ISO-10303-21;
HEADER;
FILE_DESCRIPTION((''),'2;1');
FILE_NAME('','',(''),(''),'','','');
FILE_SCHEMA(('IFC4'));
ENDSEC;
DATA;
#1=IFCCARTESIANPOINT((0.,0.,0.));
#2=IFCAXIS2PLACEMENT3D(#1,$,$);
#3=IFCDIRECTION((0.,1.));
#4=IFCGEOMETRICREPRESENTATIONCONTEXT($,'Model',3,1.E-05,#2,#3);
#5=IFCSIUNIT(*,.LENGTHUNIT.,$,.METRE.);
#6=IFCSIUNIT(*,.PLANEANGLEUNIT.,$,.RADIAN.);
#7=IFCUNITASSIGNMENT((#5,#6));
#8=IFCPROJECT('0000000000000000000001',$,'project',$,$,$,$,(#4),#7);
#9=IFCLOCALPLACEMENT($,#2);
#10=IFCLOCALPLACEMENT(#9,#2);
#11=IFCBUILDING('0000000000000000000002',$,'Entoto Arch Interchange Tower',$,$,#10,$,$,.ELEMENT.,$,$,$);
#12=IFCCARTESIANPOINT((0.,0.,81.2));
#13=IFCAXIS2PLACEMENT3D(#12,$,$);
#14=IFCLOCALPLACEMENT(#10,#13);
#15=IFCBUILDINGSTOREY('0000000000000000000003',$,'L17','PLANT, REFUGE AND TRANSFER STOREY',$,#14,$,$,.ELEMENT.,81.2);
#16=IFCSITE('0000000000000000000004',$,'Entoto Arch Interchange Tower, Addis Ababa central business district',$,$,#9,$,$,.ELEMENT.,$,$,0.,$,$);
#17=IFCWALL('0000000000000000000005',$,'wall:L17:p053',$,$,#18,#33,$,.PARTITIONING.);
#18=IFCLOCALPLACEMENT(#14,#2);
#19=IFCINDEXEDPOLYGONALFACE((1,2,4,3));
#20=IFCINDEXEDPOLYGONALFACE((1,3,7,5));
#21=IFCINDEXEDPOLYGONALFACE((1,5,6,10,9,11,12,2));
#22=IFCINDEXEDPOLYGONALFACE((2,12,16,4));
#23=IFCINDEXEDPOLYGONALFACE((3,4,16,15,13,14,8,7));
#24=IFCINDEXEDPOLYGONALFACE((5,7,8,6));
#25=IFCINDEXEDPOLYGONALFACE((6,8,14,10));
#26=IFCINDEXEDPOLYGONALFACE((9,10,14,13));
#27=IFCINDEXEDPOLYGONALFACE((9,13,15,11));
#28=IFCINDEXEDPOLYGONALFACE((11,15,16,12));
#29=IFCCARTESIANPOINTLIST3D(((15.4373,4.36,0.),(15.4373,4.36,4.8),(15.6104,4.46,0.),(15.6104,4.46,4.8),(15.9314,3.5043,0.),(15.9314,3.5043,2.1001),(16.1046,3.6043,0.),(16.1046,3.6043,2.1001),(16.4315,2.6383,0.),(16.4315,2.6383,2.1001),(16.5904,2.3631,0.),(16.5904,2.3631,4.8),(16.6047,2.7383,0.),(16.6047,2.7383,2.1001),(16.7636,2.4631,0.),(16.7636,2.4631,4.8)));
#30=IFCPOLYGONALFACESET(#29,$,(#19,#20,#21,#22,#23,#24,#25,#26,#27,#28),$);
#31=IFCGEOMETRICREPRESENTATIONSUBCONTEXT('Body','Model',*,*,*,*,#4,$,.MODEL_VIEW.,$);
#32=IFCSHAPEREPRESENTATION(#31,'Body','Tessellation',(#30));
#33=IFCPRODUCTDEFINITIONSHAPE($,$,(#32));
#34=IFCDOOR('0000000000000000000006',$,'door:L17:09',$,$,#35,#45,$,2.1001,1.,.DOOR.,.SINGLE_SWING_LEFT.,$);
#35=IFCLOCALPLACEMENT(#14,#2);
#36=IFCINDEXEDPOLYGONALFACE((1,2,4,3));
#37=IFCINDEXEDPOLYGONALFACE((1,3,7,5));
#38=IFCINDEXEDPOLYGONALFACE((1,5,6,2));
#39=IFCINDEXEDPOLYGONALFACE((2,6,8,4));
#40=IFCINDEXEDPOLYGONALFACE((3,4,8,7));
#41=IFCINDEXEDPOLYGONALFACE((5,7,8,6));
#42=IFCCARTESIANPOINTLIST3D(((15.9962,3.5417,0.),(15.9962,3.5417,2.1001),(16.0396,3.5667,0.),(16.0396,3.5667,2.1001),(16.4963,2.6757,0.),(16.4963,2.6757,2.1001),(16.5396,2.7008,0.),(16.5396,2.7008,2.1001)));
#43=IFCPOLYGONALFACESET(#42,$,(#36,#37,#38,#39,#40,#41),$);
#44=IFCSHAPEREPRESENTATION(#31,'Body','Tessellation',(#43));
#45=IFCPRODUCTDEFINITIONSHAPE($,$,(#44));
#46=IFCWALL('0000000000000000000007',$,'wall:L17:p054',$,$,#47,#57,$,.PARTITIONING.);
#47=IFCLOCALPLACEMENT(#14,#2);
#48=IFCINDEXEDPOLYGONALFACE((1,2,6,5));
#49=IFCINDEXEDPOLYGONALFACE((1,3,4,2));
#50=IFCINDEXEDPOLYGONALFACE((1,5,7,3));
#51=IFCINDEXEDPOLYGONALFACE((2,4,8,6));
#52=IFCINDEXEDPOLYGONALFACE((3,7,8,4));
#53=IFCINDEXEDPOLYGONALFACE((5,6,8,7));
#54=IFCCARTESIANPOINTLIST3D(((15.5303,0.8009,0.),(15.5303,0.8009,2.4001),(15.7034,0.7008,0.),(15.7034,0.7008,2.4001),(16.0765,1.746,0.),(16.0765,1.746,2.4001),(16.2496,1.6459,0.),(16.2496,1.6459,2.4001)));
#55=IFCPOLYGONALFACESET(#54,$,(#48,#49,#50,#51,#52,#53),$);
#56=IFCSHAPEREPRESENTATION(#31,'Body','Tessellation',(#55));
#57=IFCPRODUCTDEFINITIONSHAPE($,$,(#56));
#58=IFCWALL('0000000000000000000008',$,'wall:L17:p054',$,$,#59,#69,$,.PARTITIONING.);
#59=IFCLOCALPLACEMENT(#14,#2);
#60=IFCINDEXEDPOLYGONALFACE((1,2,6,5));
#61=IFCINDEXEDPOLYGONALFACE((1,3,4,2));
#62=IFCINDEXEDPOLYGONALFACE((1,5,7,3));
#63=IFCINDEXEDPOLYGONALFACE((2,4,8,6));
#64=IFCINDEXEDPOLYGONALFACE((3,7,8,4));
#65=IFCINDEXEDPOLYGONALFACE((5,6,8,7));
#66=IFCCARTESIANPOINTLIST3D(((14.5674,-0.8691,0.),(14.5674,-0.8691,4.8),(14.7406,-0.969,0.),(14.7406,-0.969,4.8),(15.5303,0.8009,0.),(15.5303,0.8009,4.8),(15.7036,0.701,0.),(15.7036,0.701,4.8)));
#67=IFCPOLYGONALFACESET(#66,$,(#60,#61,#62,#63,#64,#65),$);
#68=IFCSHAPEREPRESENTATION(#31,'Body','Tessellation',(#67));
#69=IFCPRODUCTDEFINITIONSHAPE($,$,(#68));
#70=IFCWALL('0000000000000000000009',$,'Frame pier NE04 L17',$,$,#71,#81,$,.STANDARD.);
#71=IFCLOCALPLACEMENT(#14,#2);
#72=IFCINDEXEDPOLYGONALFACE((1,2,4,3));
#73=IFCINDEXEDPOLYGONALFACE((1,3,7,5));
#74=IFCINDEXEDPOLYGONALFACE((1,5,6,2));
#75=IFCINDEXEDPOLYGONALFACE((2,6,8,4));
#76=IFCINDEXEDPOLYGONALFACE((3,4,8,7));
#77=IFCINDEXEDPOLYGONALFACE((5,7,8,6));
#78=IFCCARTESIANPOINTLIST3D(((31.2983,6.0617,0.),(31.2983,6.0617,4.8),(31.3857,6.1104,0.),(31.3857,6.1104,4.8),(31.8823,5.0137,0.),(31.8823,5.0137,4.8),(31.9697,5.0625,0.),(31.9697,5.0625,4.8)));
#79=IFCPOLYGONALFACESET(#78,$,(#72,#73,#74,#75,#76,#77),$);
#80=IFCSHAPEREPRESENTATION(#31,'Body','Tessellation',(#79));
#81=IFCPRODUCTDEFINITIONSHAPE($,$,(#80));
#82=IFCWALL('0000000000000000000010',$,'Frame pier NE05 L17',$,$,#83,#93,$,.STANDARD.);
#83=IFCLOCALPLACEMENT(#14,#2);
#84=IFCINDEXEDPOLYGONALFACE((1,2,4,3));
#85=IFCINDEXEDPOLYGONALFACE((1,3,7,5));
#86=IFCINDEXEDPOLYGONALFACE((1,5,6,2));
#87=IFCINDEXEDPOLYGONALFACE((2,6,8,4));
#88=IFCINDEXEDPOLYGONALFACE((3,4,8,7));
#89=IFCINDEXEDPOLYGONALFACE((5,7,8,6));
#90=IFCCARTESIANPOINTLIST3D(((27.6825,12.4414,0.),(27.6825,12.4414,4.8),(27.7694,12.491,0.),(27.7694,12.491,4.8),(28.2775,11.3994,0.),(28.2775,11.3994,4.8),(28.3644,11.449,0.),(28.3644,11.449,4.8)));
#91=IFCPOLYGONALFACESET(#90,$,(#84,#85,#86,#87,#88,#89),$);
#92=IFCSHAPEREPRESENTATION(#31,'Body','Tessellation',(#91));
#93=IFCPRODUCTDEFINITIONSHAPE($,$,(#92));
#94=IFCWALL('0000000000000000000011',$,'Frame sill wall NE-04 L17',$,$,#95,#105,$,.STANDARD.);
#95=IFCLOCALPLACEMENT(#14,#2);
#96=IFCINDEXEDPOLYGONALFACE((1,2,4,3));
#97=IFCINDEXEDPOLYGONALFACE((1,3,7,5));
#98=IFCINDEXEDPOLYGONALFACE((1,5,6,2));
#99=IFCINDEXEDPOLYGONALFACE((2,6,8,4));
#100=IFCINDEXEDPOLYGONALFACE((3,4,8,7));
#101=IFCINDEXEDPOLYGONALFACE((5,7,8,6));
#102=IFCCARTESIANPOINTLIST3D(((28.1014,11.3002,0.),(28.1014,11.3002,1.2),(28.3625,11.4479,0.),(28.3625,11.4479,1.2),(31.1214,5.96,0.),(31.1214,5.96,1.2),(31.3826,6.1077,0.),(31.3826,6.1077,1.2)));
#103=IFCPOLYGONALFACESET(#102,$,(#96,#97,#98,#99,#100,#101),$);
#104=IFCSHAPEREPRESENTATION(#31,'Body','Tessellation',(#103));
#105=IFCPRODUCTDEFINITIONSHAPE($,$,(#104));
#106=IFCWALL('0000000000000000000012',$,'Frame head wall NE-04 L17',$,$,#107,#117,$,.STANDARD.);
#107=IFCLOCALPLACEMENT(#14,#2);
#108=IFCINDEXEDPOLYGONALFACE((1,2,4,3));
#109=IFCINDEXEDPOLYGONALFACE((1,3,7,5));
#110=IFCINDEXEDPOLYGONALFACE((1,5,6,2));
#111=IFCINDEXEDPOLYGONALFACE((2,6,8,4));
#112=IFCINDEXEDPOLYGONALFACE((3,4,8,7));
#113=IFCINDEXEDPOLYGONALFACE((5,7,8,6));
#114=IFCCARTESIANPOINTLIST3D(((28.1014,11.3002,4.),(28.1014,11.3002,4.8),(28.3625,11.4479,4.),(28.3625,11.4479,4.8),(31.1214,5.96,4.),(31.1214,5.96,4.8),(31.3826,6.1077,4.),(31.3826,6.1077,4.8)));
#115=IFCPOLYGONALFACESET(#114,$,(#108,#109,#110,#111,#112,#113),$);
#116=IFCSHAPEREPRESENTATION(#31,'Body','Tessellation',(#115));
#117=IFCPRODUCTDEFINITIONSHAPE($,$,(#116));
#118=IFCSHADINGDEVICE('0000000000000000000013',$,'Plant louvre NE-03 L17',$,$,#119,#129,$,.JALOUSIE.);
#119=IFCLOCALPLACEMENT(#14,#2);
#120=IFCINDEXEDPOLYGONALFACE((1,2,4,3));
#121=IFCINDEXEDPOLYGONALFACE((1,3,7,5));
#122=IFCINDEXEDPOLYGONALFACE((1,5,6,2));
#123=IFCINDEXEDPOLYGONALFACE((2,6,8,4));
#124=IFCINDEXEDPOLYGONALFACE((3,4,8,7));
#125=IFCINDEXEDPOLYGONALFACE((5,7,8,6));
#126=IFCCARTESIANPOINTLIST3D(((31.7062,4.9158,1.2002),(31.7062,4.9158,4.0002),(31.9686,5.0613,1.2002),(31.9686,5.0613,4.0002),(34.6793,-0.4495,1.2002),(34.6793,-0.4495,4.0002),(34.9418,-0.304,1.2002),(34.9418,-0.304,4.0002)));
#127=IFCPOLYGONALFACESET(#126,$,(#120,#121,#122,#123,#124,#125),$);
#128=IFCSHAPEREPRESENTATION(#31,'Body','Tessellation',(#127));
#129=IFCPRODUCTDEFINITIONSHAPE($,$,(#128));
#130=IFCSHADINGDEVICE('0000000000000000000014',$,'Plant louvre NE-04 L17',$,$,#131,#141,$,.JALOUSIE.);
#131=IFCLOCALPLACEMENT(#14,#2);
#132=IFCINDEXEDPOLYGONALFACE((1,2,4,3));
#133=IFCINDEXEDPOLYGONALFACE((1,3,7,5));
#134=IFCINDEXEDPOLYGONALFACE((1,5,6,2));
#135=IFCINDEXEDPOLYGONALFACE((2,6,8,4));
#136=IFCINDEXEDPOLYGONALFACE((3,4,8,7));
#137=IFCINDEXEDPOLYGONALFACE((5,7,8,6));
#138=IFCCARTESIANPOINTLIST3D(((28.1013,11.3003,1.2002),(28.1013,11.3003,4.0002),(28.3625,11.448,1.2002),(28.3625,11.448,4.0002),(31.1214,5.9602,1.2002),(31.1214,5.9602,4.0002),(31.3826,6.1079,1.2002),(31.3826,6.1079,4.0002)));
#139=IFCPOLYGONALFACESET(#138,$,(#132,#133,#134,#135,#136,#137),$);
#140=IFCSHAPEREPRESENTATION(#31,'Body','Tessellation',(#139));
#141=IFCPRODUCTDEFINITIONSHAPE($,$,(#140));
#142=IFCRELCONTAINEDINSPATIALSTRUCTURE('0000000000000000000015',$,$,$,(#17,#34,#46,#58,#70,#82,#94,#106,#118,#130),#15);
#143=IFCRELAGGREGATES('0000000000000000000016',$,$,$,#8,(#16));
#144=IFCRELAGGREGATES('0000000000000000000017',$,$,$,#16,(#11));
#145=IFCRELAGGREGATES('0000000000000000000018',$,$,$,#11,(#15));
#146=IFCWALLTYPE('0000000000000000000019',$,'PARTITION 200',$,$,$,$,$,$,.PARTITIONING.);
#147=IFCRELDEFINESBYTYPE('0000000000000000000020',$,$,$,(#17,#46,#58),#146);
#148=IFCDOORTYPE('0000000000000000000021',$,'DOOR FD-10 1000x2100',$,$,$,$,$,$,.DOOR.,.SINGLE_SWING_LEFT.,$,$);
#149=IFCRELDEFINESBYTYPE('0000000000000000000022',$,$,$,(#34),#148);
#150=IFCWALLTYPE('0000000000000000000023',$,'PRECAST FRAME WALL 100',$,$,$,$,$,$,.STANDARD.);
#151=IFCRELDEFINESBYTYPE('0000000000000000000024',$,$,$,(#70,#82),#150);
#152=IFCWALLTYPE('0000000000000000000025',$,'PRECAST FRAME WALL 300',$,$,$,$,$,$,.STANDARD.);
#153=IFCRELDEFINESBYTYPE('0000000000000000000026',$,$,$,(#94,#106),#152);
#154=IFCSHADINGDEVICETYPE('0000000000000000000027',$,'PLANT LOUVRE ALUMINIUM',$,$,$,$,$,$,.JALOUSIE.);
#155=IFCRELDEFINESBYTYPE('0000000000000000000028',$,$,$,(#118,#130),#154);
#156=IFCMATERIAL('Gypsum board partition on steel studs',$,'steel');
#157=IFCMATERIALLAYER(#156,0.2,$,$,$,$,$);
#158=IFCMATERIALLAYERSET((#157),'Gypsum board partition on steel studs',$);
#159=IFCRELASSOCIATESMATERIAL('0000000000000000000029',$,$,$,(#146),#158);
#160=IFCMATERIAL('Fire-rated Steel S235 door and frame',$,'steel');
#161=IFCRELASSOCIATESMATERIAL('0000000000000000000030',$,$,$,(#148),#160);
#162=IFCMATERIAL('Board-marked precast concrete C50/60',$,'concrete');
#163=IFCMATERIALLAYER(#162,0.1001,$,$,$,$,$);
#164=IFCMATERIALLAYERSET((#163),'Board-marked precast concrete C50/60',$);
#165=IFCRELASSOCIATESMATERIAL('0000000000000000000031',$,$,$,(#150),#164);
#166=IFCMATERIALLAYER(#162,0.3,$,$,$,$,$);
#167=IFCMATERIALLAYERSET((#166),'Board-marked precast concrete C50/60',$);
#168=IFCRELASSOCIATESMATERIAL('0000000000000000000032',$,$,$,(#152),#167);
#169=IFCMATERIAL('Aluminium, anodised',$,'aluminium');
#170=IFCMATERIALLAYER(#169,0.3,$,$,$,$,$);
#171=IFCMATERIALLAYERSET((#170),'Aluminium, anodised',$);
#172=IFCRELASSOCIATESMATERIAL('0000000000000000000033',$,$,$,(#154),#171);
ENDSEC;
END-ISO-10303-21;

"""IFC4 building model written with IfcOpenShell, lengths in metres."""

from ifc_helpers import new_model, si_unit, direction, frame, frame_2d, origin, origin_2d, place, context, subcontext, project, spatial, rectangle, extrude, material, layer, layer_set, type_object, element, fill, save


model = new_model("IFC4")

# Units and contexts
model_context = context("Model", 3, precision=1e-05, world=origin(), true_north=direction((0.0, 1.0)))
body_context = subcontext(model_context, "Body", "Model", "MODEL_VIEW")
ifc_project = project(units=[si_unit("LENGTHUNIT", "METRE"), si_unit("PLANEANGLEUNIT", "RADIAN")], contexts=[model_context])

# Site, building, storey
site_placement = place(None, origin())
site = spatial("IfcSite", under=ifc_project, at=site_placement, Name="Entoto Arch Interchange Tower, Addis Ababa central business district", CompositionType="ELEMENT", RefElevation=0.0)
building_placement = place(site_placement, origin())
building = spatial("IfcBuilding", under=site, at=building_placement, Name="Entoto Arch Interchange Tower", CompositionType="ELEMENT")
storey_placement = place(building_placement, frame((0.0, 0.0, 81.2)))
storey = spatial("IfcBuildingStorey", under=building, at=storey_placement, Name="L17", Description="PLANT, REFUGE AND TRANSFER STOREY", CompositionType="ELEMENT", Elevation=81.2)

# Shared definitions
ifc_material_1 = material(Name="Gypsum board partition on steel studs", Category="steel")
ifc_layer_1 = layer(ifc_material_1, 0.2)
ifc_layer_set_1 = layer_set([ifc_layer_1], Name="Gypsum board partition on steel studs")
wall_type_1 = type_object("IfcWallType", Name="PARTITION 200", PredefinedType="PARTITIONING", material=ifc_layer_set_1)
ifc_material_2 = material(Name="Fire-rated Steel S235 door and frame", Category="steel")
door_type = type_object("IfcDoorType", Name="DOOR FD-10 1000x2100", OperationType="SINGLE_SWING_LEFT", PredefinedType="DOOR", material=ifc_material_2)

# Wall, opening, door
wall_1_placement = place(storey_placement, frame((15.5239, 4.4099, 0.0), z_axis=(0.0, 0.0, 1.0), x_axis=(0.500068, -0.865986, 0.0)))
wall_1 = element("IfcWall", 1, at=wall_1_placement, inside=storey, type_object=wall_type_1, Name="wall:L17:p053", PredefinedType="PARTITIONING", context=body_context, shape_type="SweptSolid", body=[
    extrude(rectangle(XDim=2.3059, YDim=0.2, at=frame_2d((1.1528, 0.0))), origin(), (0.0, 0.0, 1.0), 4.8),
])
opening_1_placement = place(wall_1_placement, frame((0.988, 0.0, 0.0)))
opening_1 = element("IfcOpeningElement", 2, at=opening_1_placement, cuts=wall_1, PredefinedType="OPENING", context=body_context, shape_type="SweptSolid", body=[
    extrude(rectangle(XDim=1.0, YDim=2.1001, at=frame_2d((0.5, 1.05))), frame((0.0, 0.1099, 0.0), z_axis=(0.0, -1.0, 0.0), x_axis=(1.0, 0.0, 0.0)), (0.0, 0.0, 1.0), 0.22),
])
door_1_placement = place(opening_1_placement, origin())
door_1 = element("IfcDoor", 3, at=door_1_placement, inside=storey, type_object=door_type, Name="door:L17:09", OperationType="SINGLE_SWING_LEFT", OverallHeight=2.1001, OverallWidth=1.0, PredefinedType="DOOR", context=body_context, shape_type="SweptSolid", body=[
    extrude(rectangle(XDim=1.0, YDim=2.1001, at=frame_2d((0.5, 1.05))), frame((0.0, 0.0249, 0.0), z_axis=(0.0, -1.0, 0.0), x_axis=(1.0, 0.0, 0.0)), (0.0, 0.0, 1.0), 0.05),
])
fill(opening_1, door_1)

# Walls
wall_2_placement = place(storey_placement, frame((16.1631, 1.696, 0.0), z_axis=(0.0, 0.0, 1.0), x_axis=(-0.500348, -0.865824, 0.0)))
element("IfcWall", 4, at=wall_2_placement, inside=storey, type_object=wall_type_1, Name="wall:L17:p054", PredefinedType="PARTITIONING", context=body_context, shape_type="SweptSolid", body=[
    extrude(rectangle(XDim=1.0916, YDim=0.2, at=frame_2d((0.5459, 0.0))), origin(), (0.0, 0.0, 1.0), 2.4001),
])
wall_3_placement = place(storey_placement, frame((15.6169, 0.751, 0.0), z_axis=(0.0, 0.0, 1.0), x_axis=(-0.499518, -0.866304, 0.0)))
element("IfcWall", 5, at=wall_3_placement, inside=storey, type_object=wall_type_1, Name="wall:L17:p054", PredefinedType="PARTITIONING", context=body_context, shape_type="SweptSolid", body=[
    extrude(rectangle(XDim=1.9277, YDim=0.2, at=frame_2d((0.9639, 0.0))), origin(), (0.0, 0.0, 1.0), 4.8),
])
ifc_material_3 = material(Name="Board-marked precast concrete C50/60", Category="concrete")
ifc_layer_2 = layer(ifc_material_3, 0.1001)
ifc_layer_set_2 = layer_set([ifc_layer_2], Name="Board-marked precast concrete C50/60")
wall_type_2 = type_object("IfcWallType", Name="PRECAST FRAME WALL 100", PredefinedType="STANDARD", material=ifc_layer_set_2)
wall_4_placement = place(storey_placement, frame((31.926, 5.0381, 0.0), z_axis=(0.0, 0.0, 1.0), x_axis=(-0.486818, 0.873504, 0.0)))
element("IfcWall", 6, at=wall_4_placement, inside=storey, type_object=wall_type_2, Name="Frame pier NE04 L17", PredefinedType="STANDARD", context=body_context, shape_type="SweptSolid", body=[
    extrude(rectangle(XDim=1.1997, YDim=0.1001, at=frame_2d((0.5999, 0.0))), origin(), (0.0, 0.0, 1.0), 4.8),
])
wall_5_placement = place(storey_placement, frame((28.321, 11.4241, 0.0), z_axis=(0.0, 0.0, 1.0), x_axis=(-0.495854, 0.868406, 0.0)))
element("IfcWall", 7, at=wall_5_placement, inside=storey, type_object=wall_type_2, Name="Frame pier NE05 L17", PredefinedType="STANDARD", context=body_context, shape_type="SweptSolid", body=[
    extrude(rectangle(XDim=1.2, YDim=0.1001, at=frame_2d((0.6001, 0.0))), origin(), (0.0, 0.0, 1.0), 4.8),
])
ifc_layer_3 = layer(ifc_material_3, 0.3)
ifc_layer_set_3 = layer_set([ifc_layer_3], Name="Board-marked precast concrete C50/60")
wall_type_3 = type_object("IfcWallType", Name="PRECAST FRAME WALL 300", PredefinedType="STANDARD", material=ifc_layer_set_3)
wall_6_placement = place(storey_placement, frame((31.252, 6.0339, 0.0), z_axis=(0.0, 0.0, 1.0), x_axis=(-0.492268, 0.870443, 0.0)))
element("IfcWall", 8, at=wall_6_placement, inside=storey, type_object=wall_type_3, Name="Frame sill wall NE-04 L17", PredefinedType="STANDARD", context=body_context, shape_type="SweptSolid", body=[
    extrude(rectangle(XDim=6.135, YDim=0.3, at=frame_2d((3.0674, 0.0))), origin(), (0.0, 0.0, 1.0), 1.2),
])
wall_7_placement = place(storey_placement, frame((31.252, 6.0339, 4.0), z_axis=(0.0, 0.0, 1.0), x_axis=(-0.492268, 0.870443, 0.0)))
element("IfcWall", 9, at=wall_7_placement, inside=storey, type_object=wall_type_3, Name="Frame head wall NE-04 L17", PredefinedType="STANDARD", context=body_context, shape_type="SweptSolid", body=[
    extrude(rectangle(XDim=6.135, YDim=0.3, at=frame_2d((3.0674, 0.0))), origin(), (0.0, 0.0, 1.0), 0.8),
])

# Shading devices
ifc_material_4 = material(Name="Aluminium, anodised", Category="aluminium")
ifc_layer_4 = layer(ifc_material_4, 0.3)
ifc_layer_set_4 = layer_set([ifc_layer_4], Name="Aluminium, anodised")
shading_device_type = type_object("IfcShadingDeviceType", Name="PLANT LOUVRE ALUMINIUM", PredefinedType="JALOUSIE", material=ifc_layer_set_4)
shading_device_1_placement = place(storey_placement, frame((33.324, 2.3059, 1.2002), z_axis=(0.0, 0.0, 1.0), x_axis=(-0.484703, 0.874679, 0.0)))
element("IfcShadingDevice", 10, at=shading_device_1_placement, inside=storey, type_object=shading_device_type, Name="Plant louvre NE-03 L17", PredefinedType="JALOUSIE", context=body_context, shape_type="SweptSolid", body=[
    extrude(rectangle(XDim=6.134, YDim=0.3, at=origin_2d()), origin(), (0.0, 0.0, 1.0), 2.8),
])
shading_device_2_placement = place(storey_placement, frame((29.7419, 8.7041, 1.2002), z_axis=(0.0, 0.0, 1.0), x_axis=(-0.492272, 0.870442, 0.0)))
element("IfcShadingDevice", 11, at=shading_device_2_placement, inside=storey, type_object=shading_device_type, Name="Plant louvre NE-04 L17", PredefinedType="JALOUSIE", context=body_context, shape_type="SweptSolid", body=[
    extrude(rectangle(XDim=6.135, YDim=0.3, at=origin_2d()), origin(), (0.0, 0.0, 1.0), 2.8),
])

save(model, "model.ifc")
